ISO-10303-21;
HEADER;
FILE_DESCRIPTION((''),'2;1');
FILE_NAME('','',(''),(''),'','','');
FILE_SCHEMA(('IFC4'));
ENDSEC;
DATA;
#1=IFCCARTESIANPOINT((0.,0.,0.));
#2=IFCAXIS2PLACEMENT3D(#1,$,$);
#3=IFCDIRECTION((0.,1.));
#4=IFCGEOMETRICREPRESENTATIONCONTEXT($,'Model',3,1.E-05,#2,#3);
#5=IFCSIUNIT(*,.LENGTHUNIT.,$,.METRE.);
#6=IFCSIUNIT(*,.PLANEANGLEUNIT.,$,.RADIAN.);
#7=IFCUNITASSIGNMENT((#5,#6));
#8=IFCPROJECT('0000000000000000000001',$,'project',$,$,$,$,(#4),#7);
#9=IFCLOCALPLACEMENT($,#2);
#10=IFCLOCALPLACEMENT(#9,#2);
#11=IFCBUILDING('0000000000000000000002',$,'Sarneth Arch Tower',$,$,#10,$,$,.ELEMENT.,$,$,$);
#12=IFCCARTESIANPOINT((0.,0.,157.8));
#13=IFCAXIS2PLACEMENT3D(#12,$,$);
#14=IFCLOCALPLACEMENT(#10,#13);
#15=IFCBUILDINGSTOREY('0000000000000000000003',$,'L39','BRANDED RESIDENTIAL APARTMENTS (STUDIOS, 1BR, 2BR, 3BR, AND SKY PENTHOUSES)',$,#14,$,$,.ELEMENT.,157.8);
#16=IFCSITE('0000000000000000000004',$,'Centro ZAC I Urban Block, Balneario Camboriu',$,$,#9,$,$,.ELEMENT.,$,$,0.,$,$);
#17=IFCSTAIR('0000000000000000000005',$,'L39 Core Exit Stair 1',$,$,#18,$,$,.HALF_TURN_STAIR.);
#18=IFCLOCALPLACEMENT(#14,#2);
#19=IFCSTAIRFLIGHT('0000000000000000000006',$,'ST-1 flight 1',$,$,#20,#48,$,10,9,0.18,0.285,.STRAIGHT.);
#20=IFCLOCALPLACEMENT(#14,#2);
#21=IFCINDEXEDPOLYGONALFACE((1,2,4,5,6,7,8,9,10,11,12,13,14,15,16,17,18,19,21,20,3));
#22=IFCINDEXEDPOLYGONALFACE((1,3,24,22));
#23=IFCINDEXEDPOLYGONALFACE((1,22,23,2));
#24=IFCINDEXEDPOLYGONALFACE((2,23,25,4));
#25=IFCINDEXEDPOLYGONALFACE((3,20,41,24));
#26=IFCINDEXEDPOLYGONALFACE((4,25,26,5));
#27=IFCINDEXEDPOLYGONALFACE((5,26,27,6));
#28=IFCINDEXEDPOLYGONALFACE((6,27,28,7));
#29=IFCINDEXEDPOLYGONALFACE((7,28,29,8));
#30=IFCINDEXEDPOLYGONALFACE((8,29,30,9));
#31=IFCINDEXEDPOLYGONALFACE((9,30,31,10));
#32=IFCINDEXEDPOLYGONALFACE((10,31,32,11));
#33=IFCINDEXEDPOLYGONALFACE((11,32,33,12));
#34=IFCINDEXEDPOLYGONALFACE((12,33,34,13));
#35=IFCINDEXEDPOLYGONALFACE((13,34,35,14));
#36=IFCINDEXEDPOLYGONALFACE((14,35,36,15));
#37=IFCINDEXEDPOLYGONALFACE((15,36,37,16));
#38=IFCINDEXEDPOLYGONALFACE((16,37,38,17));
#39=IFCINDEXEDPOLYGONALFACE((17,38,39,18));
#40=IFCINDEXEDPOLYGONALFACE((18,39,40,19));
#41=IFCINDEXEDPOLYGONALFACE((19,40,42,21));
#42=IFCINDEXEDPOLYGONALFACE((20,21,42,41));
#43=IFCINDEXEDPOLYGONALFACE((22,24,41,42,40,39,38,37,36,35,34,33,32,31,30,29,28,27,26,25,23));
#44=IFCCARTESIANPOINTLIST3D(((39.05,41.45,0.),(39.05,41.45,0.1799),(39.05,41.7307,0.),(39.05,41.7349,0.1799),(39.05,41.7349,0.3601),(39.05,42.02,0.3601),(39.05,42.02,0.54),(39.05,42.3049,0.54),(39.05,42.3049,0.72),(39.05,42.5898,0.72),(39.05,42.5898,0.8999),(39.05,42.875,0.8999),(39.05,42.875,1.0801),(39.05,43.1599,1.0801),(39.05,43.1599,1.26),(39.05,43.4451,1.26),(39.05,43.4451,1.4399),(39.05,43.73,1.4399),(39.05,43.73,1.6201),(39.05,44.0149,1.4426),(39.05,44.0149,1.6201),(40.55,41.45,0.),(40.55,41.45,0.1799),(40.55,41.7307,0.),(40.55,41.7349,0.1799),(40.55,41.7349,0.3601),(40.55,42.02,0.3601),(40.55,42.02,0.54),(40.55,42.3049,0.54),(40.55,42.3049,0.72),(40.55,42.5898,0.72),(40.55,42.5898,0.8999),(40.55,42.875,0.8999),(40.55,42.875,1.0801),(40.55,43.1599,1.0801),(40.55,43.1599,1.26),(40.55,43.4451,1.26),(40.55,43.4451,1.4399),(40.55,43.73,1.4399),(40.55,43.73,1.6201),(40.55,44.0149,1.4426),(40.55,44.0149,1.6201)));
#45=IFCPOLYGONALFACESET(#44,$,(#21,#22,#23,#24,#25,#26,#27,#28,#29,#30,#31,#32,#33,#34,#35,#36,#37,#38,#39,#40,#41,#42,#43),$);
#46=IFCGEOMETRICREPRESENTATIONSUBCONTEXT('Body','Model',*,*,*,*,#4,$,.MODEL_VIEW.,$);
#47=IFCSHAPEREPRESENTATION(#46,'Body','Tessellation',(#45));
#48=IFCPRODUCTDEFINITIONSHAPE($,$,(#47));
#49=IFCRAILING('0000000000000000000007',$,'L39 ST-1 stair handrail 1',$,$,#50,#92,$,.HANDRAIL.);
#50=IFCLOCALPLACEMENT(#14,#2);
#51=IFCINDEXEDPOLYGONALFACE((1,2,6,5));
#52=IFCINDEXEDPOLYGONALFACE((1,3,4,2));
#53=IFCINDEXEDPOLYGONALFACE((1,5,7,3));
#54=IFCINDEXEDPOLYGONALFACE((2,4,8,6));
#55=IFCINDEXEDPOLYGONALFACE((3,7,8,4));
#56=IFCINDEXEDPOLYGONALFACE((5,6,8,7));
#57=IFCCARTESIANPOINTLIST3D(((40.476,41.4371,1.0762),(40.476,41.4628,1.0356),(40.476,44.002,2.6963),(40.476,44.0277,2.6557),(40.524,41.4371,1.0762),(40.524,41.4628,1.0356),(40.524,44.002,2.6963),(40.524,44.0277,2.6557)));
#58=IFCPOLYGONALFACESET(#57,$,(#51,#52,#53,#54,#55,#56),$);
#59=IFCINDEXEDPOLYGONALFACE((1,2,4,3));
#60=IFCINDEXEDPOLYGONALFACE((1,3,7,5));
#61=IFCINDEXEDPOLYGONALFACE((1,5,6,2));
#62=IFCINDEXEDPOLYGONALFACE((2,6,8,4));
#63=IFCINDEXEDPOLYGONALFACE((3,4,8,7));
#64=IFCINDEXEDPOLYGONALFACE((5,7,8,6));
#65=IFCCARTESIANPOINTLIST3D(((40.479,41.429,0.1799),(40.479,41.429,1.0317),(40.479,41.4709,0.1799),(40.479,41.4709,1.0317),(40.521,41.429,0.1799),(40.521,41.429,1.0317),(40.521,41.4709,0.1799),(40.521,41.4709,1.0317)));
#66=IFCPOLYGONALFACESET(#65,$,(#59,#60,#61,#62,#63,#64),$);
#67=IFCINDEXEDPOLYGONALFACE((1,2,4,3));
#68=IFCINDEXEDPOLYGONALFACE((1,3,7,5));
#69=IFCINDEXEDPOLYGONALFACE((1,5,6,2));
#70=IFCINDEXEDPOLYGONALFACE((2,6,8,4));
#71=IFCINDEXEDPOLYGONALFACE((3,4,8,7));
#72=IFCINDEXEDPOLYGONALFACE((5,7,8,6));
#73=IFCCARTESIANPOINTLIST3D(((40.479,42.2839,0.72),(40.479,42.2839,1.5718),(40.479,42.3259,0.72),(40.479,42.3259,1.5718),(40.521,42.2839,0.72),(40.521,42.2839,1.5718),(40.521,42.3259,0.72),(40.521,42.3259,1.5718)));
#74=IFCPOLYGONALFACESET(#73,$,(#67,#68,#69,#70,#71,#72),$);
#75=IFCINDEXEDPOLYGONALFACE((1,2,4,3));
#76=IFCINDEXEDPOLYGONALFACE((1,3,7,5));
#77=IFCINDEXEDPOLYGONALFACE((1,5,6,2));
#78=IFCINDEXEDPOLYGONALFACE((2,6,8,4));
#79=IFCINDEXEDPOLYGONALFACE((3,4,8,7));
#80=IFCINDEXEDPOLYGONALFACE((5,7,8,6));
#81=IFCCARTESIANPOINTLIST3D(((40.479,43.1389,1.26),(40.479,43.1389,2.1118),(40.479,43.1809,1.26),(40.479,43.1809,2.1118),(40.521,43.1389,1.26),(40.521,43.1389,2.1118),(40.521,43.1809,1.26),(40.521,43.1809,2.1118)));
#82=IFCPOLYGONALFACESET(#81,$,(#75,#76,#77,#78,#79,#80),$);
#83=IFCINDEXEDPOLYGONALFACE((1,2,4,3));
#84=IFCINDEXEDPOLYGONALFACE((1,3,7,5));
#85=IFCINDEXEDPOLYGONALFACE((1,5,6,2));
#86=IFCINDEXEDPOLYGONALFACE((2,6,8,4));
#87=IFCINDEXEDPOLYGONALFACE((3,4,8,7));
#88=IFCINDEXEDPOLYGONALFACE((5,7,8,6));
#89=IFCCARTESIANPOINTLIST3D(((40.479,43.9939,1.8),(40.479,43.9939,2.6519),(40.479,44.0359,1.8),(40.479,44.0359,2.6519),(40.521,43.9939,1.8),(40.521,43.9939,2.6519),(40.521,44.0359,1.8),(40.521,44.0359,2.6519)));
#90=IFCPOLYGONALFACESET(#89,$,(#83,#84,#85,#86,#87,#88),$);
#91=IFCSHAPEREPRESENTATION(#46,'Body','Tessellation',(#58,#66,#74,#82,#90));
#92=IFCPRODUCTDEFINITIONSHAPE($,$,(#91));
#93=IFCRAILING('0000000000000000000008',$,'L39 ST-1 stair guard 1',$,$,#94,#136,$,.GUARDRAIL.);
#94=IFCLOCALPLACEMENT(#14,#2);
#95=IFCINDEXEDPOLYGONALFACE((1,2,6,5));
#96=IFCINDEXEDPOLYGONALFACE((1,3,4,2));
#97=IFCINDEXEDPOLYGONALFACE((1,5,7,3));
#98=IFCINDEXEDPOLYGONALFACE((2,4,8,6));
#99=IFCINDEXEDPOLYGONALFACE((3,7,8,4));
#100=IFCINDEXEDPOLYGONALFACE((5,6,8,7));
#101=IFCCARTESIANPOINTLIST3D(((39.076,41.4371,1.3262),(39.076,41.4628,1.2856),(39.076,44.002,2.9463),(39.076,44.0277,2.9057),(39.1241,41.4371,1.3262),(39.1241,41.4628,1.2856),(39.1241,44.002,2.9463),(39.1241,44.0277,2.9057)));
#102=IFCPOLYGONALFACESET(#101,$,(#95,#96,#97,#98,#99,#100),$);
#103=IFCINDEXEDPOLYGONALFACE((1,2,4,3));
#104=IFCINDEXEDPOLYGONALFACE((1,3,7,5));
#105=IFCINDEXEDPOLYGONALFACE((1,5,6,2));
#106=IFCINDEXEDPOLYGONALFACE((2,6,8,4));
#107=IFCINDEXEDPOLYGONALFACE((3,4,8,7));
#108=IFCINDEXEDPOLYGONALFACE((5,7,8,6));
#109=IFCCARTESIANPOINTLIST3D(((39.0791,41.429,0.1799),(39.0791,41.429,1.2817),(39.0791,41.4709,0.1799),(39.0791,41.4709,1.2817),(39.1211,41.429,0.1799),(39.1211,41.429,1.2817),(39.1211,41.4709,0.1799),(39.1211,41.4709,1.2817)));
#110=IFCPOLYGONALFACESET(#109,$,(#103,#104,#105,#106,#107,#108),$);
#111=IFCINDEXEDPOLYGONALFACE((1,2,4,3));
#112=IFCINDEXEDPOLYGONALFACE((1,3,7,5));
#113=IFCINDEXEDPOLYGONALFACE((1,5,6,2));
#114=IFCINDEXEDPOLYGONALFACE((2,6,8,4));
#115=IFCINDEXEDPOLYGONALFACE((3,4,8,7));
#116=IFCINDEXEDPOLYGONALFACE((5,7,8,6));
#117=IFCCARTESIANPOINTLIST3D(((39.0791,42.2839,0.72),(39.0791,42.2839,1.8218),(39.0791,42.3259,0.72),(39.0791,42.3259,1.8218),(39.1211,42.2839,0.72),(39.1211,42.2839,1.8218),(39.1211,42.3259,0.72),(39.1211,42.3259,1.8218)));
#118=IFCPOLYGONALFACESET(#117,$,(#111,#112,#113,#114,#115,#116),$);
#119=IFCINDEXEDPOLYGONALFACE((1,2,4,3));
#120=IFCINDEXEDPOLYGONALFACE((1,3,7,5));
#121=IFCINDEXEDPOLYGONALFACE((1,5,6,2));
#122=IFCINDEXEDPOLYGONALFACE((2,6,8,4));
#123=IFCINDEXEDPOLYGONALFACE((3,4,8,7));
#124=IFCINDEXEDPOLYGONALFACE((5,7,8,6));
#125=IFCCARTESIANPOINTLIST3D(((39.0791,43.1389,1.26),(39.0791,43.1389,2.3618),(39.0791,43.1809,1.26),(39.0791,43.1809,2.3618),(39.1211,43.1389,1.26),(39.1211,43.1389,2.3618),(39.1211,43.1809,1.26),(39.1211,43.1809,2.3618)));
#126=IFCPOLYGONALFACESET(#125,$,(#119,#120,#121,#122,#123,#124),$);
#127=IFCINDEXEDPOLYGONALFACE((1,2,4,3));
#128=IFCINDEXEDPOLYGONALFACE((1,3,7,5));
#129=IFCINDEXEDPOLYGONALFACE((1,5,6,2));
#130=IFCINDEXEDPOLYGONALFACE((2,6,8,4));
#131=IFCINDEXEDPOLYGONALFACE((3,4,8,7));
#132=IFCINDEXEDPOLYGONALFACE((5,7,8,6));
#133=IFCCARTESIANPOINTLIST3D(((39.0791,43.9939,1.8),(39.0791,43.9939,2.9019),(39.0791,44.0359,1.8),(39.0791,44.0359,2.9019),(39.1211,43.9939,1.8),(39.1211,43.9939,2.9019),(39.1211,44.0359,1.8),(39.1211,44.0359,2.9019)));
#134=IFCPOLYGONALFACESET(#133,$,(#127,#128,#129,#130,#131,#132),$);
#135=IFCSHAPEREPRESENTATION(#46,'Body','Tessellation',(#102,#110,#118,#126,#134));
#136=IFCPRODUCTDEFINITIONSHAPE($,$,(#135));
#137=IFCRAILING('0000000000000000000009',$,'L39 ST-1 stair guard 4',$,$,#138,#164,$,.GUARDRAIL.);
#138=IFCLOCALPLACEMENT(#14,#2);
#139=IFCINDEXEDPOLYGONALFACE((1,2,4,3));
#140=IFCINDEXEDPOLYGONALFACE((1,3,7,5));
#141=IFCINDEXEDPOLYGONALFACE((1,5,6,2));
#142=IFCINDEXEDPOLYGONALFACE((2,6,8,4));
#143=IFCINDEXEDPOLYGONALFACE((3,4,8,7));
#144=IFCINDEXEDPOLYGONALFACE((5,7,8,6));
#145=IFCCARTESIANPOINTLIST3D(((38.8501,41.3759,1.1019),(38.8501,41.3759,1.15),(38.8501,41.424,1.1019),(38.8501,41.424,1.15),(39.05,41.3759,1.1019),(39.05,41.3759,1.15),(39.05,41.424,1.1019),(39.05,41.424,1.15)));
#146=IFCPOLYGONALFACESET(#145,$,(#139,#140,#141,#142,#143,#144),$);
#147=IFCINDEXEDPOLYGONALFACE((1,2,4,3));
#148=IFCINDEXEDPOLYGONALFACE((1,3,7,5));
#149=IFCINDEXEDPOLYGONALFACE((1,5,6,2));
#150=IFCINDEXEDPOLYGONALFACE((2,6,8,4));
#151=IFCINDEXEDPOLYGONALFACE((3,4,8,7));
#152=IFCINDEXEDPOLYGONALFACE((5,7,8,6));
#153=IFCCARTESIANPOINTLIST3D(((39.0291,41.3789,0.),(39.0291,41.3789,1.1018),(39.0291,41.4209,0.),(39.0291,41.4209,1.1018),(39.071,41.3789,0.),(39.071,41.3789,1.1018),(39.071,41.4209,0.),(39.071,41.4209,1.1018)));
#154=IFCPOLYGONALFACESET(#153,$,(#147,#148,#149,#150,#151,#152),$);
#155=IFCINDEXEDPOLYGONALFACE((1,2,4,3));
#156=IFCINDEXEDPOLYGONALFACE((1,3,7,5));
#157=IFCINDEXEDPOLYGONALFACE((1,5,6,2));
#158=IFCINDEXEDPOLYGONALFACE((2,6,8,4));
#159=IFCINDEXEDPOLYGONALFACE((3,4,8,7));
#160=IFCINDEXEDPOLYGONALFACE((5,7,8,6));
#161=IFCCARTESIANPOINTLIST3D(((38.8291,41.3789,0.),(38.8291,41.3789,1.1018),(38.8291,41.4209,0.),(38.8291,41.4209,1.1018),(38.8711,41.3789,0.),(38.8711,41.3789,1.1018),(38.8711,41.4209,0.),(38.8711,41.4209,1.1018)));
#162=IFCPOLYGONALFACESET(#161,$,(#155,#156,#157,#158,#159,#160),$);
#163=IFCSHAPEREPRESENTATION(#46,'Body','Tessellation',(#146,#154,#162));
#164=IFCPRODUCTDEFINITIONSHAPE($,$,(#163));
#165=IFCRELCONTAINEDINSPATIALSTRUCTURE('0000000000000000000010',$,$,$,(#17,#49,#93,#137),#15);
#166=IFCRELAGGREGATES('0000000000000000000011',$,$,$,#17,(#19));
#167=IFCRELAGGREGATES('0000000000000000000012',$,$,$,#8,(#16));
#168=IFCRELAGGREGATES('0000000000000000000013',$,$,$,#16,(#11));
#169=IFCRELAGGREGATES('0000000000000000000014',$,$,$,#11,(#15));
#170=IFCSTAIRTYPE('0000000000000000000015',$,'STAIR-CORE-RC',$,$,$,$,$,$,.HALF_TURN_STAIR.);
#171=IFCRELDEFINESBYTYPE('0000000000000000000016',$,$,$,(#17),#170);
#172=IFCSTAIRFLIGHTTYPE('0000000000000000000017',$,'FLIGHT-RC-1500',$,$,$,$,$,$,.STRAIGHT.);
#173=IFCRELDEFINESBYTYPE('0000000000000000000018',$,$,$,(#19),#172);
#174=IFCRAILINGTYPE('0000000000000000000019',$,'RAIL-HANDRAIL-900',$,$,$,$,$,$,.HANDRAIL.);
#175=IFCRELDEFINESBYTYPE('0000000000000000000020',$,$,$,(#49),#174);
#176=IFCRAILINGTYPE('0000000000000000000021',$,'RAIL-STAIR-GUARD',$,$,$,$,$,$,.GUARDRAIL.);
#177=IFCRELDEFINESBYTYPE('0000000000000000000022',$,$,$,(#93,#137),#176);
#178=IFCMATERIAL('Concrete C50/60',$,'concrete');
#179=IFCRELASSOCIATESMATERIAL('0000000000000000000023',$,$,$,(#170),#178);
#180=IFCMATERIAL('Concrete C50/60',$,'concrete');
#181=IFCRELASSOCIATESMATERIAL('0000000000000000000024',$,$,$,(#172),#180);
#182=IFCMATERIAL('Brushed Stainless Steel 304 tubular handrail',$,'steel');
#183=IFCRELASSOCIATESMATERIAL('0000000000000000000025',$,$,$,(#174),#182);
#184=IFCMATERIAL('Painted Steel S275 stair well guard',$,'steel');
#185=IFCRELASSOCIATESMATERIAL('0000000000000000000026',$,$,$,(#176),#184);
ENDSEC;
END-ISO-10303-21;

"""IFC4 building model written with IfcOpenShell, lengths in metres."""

from ifc_helpers import new_model, si_unit, direction, frame, origin, origin_2d, place, context, subcontext, project, spatial, polyline, rectangle, outline, extrude, material, type_object, element, aggregate, save


model = new_model("IFC4")

# Units and contexts
model_context = context("Model", 3, precision=1e-05, world=origin(), true_north=direction((0.0, 1.0)))
body_context = subcontext(model_context, "Body", "Model", "MODEL_VIEW")
ifc_project = project(units=[si_unit("LENGTHUNIT", "METRE"), si_unit("PLANEANGLEUNIT", "RADIAN")], contexts=[model_context])

# Site, building, storey
site_placement = place(None, origin())
site = spatial("IfcSite", under=ifc_project, at=site_placement, Name="Centro ZAC I Urban Block, Balneario Camboriu", CompositionType="ELEMENT", RefElevation=0.0)
building_placement = place(site_placement, origin())
building = spatial("IfcBuilding", under=site, at=building_placement, Name="Sarneth Arch Tower", CompositionType="ELEMENT")
storey_placement = place(building_placement, frame((0.0, 0.0, 157.8)))
storey = spatial("IfcBuildingStorey", under=building, at=storey_placement, Name="L39", Description="BRANDED RESIDENTIAL APARTMENTS (STUDIOS, 1BR, 2BR, 3BR, AND SKY PENTHOUSES)", CompositionType="ELEMENT", Elevation=157.8)

# Stair, stair flight
ifc_material_1 = material(Name="Concrete C50/60", Category="concrete")
stair_type = type_object("IfcStairType", Name="STAIR-CORE-RC", PredefinedType="HALF_TURN_STAIR", material=ifc_material_1)
stair_placement = place(storey_placement, origin())
stair = element("IfcStair", 1, at=stair_placement, inside=storey, type_object=stair_type, Name="L39 Core Exit Stair 1", PredefinedType="HALF_TURN_STAIR")
ifc_material_2 = material(Name="Concrete C50/60", Category="concrete")
stair_flight_type = type_object("IfcStairFlightType", Name="FLIGHT-RC-1500", PredefinedType="STRAIGHT", material=ifc_material_2)
stair_flight_placement = place(storey_placement, frame((39.8, 41.45, 0.0), z_axis=(0.0, 0.0, 1.0), x_axis=(0.0, 1.0, 0.0)))
stair_flight = element("IfcStairFlight", 2, at=stair_flight_placement, type_object=stair_flight_type, Name="ST-1 flight 1", NumberOfRisers=10, NumberOfTreads=9, PredefinedType="STRAIGHT", RiserHeight=0.18, TreadLength=0.285, context=body_context, shape_type="SweptSolid", body=[
    extrude(outline(polyline([(0.0, 0.0), (0.0, 0.1799), (0.2849, 0.1799), (0.2849, 0.3601), (0.5701, 0.3601), (0.5701, 0.54), (0.855, 0.54), (0.855, 0.72), (1.1399, 0.72), (1.1399, 0.8999), (1.425, 0.8999), (1.425, 1.0801), (1.71, 1.0801), (1.71, 1.26), (1.9951, 1.26), (1.9951, 1.4399), (2.28, 1.4399), (2.28, 1.6201), (2.5649, 1.6201), (2.5649, 1.8), (2.5649, 1.4426), (0.2808, 0.0), (0.0, 0.0)])), frame((0.0, 0.75, 0.0), z_axis=(0.0, -1.0, 0.0), x_axis=(1.0, 0.0, 0.0)), (0.0, 0.0, 1.0), 1.5),
])
aggregate(stair, [stair_flight])

# Railings
ifc_material_3 = material(Name="Brushed Stainless Steel 304 tubular handrail", Category="steel")
railing_type_1 = type_object("IfcRailingType", Name="RAIL-HANDRAIL-900", PredefinedType="HANDRAIL", material=ifc_material_3)
railing_1_placement = place(storey_placement, frame((40.5, 41.45, 0.1799)))
element("IfcRailing", 3, at=railing_1_placement, inside=storey, type_object=railing_type_1, Name="L39 ST-1 stair handrail 1", PredefinedType="HANDRAIL", context=body_context, shape_type="SweptSolid", body=[
    extrude(rectangle(XDim=0.0481, YDim=0.0481, at=origin_2d()), frame((0.0, 0.0, 0.876), z_axis=(0.0, 0.845466, 0.534029), x_axis=(-1.0, 0.0, 0.0)), (0.0, 0.0, 1.0), 3.0337),
    extrude(rectangle(XDim=0.042, YDim=0.042, at=origin_2d()), origin(), (0.0, 0.0, 1.0), 0.8518),
    extrude(rectangle(XDim=0.042, YDim=0.042, at=origin_2d()), frame((0.0, 0.855, 0.54)), (0.0, 0.0, 1.0), 0.8518),
    extrude(rectangle(XDim=0.042, YDim=0.042, at=origin_2d()), frame((0.0, 1.71, 1.0801)), (0.0, 0.0, 1.0), 0.8518),
    extrude(rectangle(XDim=0.042, YDim=0.042, at=origin_2d()), frame((0.0, 2.5649, 1.6201)), (0.0, 0.0, 1.0), 0.8518),
])
ifc_material_4 = material(Name="Painted Steel S275 stair well guard", Category="steel")
railing_type_2 = type_object("IfcRailingType", Name="RAIL-STAIR-GUARD", PredefinedType="GUARDRAIL", material=ifc_material_4)
railing_2_placement = place(storey_placement, frame((39.1001, 41.45, 0.1799)))
element("IfcRailing", 4, at=railing_2_placement, inside=storey, type_object=railing_type_2, Name="L39 ST-1 stair guard 1", PredefinedType="GUARDRAIL", context=body_context, shape_type="SweptSolid", body=[
    extrude(rectangle(XDim=0.0481, YDim=0.0481, at=origin_2d()), frame((0.0, 0.0, 1.126), z_axis=(0.0, 0.845466, 0.534029), x_axis=(-1.0, 0.0, 0.0)), (0.0, 0.0, 1.0), 3.0337),
    extrude(rectangle(XDim=0.042, YDim=0.042, at=origin_2d()), origin(), (0.0, 0.0, 1.0), 1.1018),
    extrude(rectangle(XDim=0.042, YDim=0.042, at=origin_2d()), frame((0.0, 0.855, 0.54)), (0.0, 0.0, 1.0), 1.1018),
    extrude(rectangle(XDim=0.042, YDim=0.042, at=origin_2d()), frame((0.0, 1.71, 1.0801)), (0.0, 0.0, 1.0), 1.1018),
    extrude(rectangle(XDim=0.042, YDim=0.042, at=origin_2d()), frame((0.0, 2.5649, 1.6201)), (0.0, 0.0, 1.0), 1.1018),
])
railing_3_placement = place(storey_placement, frame((39.05, 41.3999, 0.0)))
element("IfcRailing", 5, at=railing_3_placement, inside=storey, type_object=railing_type_2, Name="L39 ST-1 stair guard 4", PredefinedType="GUARDRAIL", context=body_context, shape_type="SweptSolid", body=[
    extrude(rectangle(XDim=0.0481, YDim=0.0481, at=origin_2d()), frame((0.0, 0.0, 1.126), z_axis=(-1.0, 0.0, 0.0), x_axis=(0.0, -1.0, 0.0)), (0.0, 0.0, 1.0), 0.2),
    extrude(rectangle(XDim=0.042, YDim=0.042, at=origin_2d()), origin(), (0.0, 0.0, 1.0), 1.1018),
    extrude(rectangle(XDim=0.042, YDim=0.042, at=origin_2d()), frame((-0.2, 0.0, 0.0)), (0.0, 0.0, 1.0), 1.1018),
])

save(model, "model.ifc")
